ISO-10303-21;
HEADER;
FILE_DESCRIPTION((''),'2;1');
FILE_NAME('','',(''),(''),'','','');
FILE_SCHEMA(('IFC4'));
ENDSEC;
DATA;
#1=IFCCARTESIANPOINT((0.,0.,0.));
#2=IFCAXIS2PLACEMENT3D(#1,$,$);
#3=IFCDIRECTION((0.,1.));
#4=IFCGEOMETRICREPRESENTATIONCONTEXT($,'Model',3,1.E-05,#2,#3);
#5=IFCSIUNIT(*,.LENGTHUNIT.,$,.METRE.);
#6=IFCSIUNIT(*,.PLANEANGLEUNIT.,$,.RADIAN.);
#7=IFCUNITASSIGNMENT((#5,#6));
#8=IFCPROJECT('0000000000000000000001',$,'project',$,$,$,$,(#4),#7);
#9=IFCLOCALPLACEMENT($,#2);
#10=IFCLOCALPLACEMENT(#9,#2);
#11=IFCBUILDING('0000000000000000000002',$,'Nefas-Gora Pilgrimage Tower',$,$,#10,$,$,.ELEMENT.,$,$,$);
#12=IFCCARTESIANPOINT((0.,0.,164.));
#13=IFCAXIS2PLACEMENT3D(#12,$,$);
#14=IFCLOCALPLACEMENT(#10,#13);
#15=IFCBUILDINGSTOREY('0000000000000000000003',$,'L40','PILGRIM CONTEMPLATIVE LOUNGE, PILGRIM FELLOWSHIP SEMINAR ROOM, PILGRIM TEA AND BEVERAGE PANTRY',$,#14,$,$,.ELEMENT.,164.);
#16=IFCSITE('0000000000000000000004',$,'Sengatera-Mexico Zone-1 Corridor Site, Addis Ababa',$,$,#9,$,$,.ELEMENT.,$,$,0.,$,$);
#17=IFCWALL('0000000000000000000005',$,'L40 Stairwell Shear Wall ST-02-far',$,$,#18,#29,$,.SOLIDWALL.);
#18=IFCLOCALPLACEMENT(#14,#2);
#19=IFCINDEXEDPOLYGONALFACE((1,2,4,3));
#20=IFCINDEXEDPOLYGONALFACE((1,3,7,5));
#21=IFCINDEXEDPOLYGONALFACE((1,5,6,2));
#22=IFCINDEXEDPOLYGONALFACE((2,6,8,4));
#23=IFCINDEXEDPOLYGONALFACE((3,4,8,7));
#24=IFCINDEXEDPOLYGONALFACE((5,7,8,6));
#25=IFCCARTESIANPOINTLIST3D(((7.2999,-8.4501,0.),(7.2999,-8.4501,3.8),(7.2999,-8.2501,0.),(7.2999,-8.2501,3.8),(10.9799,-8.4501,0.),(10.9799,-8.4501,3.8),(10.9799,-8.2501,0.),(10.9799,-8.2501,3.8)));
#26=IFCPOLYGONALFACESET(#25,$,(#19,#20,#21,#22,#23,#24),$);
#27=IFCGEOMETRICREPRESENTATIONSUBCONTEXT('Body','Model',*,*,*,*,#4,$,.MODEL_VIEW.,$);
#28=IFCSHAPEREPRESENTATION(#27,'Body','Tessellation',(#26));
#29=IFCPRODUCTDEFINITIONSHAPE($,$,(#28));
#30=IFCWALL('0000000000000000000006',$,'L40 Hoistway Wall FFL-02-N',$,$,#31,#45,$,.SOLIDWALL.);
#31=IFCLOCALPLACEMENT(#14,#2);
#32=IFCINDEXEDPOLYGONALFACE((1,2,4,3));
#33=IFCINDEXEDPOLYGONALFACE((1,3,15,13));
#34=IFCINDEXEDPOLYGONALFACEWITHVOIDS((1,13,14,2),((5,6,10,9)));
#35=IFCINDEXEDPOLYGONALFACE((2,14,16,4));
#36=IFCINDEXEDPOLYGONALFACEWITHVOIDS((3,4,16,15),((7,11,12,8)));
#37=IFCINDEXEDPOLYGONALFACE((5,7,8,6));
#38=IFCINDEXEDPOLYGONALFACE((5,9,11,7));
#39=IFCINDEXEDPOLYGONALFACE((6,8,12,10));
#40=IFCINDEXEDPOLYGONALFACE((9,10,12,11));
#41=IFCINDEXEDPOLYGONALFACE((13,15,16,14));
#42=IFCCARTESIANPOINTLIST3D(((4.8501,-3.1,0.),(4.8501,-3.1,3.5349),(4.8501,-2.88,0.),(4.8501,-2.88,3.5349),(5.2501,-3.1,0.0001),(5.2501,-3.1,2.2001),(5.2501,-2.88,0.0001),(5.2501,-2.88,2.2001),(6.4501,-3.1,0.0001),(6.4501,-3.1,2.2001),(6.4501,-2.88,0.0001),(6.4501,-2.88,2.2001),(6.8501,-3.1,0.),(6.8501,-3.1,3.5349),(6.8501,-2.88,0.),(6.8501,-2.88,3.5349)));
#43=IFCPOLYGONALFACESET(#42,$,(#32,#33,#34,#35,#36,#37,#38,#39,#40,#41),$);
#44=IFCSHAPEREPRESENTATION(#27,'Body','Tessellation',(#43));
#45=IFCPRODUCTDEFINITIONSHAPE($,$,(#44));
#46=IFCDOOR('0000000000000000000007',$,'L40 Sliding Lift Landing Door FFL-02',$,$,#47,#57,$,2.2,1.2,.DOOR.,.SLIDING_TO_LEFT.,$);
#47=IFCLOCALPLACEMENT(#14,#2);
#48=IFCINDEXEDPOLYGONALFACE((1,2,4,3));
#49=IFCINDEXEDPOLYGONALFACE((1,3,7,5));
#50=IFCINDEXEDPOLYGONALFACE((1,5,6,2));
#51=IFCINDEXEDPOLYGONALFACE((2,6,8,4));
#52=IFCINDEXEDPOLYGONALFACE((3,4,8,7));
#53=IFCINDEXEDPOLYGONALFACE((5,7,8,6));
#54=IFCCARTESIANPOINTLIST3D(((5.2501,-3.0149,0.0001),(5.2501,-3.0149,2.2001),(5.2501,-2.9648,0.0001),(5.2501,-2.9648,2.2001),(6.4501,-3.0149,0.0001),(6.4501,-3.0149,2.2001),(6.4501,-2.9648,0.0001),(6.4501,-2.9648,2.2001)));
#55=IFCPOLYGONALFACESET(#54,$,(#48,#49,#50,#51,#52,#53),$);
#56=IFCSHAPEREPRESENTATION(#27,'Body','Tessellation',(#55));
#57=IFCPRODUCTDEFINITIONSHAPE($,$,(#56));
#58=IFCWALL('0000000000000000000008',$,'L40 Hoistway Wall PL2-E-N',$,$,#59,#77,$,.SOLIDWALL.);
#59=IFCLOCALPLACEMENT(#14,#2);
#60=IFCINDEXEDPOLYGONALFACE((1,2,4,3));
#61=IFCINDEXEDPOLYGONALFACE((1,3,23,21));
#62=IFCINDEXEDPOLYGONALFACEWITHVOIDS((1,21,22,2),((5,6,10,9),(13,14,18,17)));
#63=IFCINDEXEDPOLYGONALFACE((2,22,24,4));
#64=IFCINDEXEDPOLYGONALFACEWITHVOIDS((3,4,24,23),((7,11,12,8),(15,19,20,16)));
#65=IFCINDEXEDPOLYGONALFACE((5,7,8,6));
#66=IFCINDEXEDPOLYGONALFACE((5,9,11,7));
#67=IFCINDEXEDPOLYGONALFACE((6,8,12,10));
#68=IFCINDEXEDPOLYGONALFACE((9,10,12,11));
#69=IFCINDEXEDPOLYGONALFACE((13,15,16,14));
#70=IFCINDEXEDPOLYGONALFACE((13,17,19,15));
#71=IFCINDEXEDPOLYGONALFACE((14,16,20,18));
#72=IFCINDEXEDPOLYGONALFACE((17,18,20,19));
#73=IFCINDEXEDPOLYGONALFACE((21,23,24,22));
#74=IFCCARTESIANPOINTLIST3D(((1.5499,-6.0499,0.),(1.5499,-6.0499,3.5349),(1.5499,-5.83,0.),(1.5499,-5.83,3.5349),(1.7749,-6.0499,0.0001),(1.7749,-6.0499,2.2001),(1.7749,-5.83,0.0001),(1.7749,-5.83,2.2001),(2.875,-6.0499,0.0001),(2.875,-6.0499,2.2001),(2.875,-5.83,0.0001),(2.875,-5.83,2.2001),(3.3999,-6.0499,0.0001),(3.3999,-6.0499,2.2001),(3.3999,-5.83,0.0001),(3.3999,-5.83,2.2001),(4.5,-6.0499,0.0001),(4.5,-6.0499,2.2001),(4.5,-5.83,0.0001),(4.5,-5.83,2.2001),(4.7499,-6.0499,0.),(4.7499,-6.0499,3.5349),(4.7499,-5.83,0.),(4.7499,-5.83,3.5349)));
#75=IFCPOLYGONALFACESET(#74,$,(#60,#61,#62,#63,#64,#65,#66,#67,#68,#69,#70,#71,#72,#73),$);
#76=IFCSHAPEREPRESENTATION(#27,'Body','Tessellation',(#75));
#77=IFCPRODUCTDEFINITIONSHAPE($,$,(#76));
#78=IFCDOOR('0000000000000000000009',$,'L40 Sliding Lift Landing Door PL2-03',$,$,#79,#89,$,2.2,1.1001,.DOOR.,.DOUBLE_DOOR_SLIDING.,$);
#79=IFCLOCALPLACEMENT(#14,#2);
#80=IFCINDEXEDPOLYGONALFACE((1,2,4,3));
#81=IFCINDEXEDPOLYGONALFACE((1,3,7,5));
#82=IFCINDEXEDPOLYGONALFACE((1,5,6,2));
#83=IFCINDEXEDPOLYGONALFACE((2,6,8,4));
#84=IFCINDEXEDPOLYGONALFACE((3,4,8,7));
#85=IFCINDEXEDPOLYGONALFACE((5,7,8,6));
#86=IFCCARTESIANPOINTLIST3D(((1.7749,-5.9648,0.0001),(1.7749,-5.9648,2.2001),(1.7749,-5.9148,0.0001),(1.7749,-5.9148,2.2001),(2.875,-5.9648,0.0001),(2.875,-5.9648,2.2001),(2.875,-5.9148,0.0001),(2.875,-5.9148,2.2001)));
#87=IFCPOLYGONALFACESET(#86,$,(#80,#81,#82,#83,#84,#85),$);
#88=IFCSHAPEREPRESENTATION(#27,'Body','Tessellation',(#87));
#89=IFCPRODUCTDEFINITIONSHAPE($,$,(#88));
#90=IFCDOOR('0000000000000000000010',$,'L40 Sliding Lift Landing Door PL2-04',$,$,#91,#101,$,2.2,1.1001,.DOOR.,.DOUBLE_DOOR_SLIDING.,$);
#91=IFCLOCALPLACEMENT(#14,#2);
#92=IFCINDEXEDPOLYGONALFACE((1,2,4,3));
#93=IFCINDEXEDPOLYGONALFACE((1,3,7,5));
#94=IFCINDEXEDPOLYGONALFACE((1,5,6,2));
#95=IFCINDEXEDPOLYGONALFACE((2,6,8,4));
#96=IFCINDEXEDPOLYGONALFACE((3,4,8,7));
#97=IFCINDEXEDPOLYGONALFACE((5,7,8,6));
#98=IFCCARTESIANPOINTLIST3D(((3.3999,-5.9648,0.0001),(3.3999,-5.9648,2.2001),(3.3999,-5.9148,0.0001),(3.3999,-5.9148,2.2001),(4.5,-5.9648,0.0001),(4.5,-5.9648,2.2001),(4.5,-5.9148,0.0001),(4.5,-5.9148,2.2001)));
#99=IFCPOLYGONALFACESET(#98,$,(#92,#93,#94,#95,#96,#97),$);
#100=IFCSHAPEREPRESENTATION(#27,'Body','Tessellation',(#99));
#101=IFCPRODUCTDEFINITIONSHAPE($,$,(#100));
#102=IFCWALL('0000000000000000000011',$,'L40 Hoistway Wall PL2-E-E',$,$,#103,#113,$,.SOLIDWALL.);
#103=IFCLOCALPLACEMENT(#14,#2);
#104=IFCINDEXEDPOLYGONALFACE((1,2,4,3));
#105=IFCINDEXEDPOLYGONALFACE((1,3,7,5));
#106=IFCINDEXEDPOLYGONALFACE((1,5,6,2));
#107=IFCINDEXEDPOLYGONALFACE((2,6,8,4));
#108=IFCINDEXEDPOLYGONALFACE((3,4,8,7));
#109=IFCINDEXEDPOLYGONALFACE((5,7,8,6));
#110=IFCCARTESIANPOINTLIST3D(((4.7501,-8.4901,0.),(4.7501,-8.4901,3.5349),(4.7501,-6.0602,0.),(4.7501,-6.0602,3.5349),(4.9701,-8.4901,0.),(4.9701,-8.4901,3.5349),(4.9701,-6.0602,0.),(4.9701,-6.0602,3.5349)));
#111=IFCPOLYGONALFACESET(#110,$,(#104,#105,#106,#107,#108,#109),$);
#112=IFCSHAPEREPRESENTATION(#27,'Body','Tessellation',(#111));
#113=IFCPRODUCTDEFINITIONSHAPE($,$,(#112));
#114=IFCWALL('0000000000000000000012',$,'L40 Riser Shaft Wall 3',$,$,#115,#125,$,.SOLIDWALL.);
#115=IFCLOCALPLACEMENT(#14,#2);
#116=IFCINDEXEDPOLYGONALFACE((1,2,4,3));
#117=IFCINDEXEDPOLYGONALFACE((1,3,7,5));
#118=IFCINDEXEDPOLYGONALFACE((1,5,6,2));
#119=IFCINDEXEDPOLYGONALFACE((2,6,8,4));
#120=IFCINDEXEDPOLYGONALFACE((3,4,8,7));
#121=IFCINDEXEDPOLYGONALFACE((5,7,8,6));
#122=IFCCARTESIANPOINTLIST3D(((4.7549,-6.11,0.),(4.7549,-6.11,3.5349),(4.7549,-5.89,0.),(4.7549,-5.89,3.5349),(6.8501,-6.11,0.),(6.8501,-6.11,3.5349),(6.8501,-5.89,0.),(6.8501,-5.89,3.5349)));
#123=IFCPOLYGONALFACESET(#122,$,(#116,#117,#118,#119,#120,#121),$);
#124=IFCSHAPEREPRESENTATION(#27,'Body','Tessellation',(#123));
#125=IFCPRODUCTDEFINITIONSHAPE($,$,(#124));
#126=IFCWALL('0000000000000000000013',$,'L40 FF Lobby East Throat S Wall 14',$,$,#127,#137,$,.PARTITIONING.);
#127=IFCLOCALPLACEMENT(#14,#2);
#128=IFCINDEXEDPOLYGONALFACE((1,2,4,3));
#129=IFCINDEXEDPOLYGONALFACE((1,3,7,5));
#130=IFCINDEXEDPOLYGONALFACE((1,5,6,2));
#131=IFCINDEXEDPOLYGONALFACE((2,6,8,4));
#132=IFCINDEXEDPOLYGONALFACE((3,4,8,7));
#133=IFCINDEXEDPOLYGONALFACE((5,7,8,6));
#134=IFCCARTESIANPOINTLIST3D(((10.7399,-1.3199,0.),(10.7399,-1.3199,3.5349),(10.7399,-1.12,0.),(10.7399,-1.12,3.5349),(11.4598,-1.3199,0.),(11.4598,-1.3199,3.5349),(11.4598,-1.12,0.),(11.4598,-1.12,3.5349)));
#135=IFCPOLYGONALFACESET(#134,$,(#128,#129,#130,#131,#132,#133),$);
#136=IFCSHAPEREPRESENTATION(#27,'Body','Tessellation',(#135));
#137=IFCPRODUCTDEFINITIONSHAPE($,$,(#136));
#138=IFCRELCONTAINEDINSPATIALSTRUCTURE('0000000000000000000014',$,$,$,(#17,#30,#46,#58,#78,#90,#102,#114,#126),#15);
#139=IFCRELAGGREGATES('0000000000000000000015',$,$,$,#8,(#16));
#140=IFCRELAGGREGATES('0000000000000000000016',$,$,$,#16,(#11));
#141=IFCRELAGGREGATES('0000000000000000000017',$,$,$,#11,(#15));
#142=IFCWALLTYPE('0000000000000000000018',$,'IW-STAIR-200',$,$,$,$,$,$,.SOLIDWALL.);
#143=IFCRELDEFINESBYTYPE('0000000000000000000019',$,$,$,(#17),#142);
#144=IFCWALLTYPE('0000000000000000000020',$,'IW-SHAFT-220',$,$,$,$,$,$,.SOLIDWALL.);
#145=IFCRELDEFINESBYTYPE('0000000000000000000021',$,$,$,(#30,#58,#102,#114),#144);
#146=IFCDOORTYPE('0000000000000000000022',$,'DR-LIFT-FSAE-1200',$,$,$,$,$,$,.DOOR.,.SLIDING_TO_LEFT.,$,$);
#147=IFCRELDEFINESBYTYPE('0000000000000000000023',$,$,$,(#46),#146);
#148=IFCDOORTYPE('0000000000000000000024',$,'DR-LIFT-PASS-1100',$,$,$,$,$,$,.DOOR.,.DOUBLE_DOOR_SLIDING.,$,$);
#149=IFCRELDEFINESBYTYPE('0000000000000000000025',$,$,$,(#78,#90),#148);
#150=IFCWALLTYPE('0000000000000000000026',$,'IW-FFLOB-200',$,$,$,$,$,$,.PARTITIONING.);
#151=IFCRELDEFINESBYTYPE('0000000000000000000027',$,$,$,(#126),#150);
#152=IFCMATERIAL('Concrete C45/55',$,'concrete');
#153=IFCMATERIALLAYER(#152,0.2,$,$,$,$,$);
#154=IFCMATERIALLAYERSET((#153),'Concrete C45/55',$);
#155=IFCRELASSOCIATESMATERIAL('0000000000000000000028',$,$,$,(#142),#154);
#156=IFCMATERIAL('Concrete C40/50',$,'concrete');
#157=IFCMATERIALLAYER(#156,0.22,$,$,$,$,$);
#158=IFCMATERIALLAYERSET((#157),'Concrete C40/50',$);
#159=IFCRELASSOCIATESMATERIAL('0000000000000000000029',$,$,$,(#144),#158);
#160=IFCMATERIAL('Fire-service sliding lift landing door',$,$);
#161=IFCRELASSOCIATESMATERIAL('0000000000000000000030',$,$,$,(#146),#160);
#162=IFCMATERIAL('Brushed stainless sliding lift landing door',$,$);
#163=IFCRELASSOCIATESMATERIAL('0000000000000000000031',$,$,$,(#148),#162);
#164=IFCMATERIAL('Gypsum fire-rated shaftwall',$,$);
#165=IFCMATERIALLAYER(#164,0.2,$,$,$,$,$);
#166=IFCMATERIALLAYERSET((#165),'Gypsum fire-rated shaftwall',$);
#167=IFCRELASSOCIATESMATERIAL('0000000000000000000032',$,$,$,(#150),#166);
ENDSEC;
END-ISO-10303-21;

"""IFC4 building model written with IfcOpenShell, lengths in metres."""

from ifc_helpers import new_model, si_unit, direction, frame, frame_2d, origin, place, context, subcontext, project, spatial, rectangle, extrude, source, transform, mapped, material, layer, layer_set, type_object, element, fill, save


model = new_model("IFC4")

# Units and contexts
model_context = context("Model", 3, precision=1e-05, world=origin(), true_north=direction((0.0, 1.0)))
body_context = subcontext(model_context, "Body", "Model", "MODEL_VIEW")
ifc_project = project(units=[si_unit("LENGTHUNIT", "METRE"), si_unit("PLANEANGLEUNIT", "RADIAN")], contexts=[model_context])

# Site, building, storey
site_placement = place(None, origin())
site = spatial("IfcSite", under=ifc_project, at=site_placement, Name="Sengatera-Mexico Zone-1 Corridor Site, Addis Ababa", CompositionType="ELEMENT", RefElevation=0.0)
building_placement = place(site_placement, origin())
building = spatial("IfcBuilding", under=site, at=building_placement, Name="Nefas-Gora Pilgrimage Tower", CompositionType="ELEMENT")
storey_placement = place(building_placement, frame((0.0, 0.0, 164.0)))
storey = spatial("IfcBuildingStorey", under=building, at=storey_placement, Name="L40", Description="PILGRIM CONTEMPLATIVE LOUNGE, PILGRIM FELLOWSHIP SEMINAR ROOM, PILGRIM TEA AND BEVERAGE PANTRY", CompositionType="ELEMENT", Elevation=164.0)

# Wall
ifc_material_1 = material(Name="Concrete C45/55", Category="concrete")
ifc_layer_1 = layer(ifc_material_1, 0.2)
ifc_layer_set_1 = layer_set([ifc_layer_1], Name="Concrete C45/55")
wall_type_1 = type_object("IfcWallType", Name="IW-STAIR-200", PredefinedType="SOLIDWALL", material=ifc_layer_set_1)
shared_shape_1 = source(origin(), body_context, "Body", "SweptSolid", [
    extrude(rectangle(XDim=3.6799, YDim=0.2, at=frame_2d((1.8398, 0.0))), origin(), (0.0, 0.0, 1.0), 3.8),
])
wall_1_placement = place(storey_placement, frame((7.3, -8.3501, 0.0), z_axis=(0.0, 0.0, 1.0), x_axis=(1.0, 0.0, 0.0)))
element("IfcWall", 1, at=wall_1_placement, inside=storey, type_object=wall_type_1, Name="L40 Stairwell Shear Wall ST-02-far", PredefinedType="SOLIDWALL", context=body_context, shape_type="MappedRepresentation", body=[
    mapped(shared_shape_1, transform((0.0, 0.0, 0.0), x_axis=(1.0, 0.0, 0.0), y_axis=(0.0, 1.0, 0.0), z_axis=(0.0, 0.0, 1.0), scale=1.0)),
])

# Wall, opening, door
ifc_material_2 = material(Name="Concrete C40/50", Category="concrete")
ifc_layer_2 = layer(ifc_material_2, 0.22)
ifc_layer_set_2 = layer_set([ifc_layer_2], Name="Concrete C40/50")
wall_type_2 = type_object("IfcWallType", Name="IW-SHAFT-220", PredefinedType="SOLIDWALL", material=ifc_layer_set_2)
shared_shape_2 = source(origin(), body_context, "Body", "SweptSolid", [
    extrude(rectangle(XDim=2.0, YDim=0.22, at=frame_2d((1.0, 0.0))), origin(), (0.0, 0.0, 1.0), 3.5349),
])
wall_2_placement = place(storey_placement, frame((6.8501, -2.99, 0.0), z_axis=(0.0, 0.0, 1.0), x_axis=(-1.0, 0.0, 0.0)))
wall_2 = element("IfcWall", 2, at=wall_2_placement, inside=storey, type_object=wall_type_2, Name="L40 Hoistway Wall FFL-02-N", PredefinedType="SOLIDWALL", context=body_context, shape_type="MappedRepresentation", body=[
    mapped(shared_shape_2, transform((0.0, 0.0, 0.0), x_axis=(1.0, 0.0, 0.0), y_axis=(0.0, 1.0, 0.0), z_axis=(0.0, 0.0, 1.0), scale=1.0)),
])
opening_1_placement = place(wall_2_placement, frame((0.3999, 0.0, 0.0)))
opening_1 = element("IfcOpeningElement", 3, at=opening_1_placement, cuts=wall_2, PredefinedType="OPENING", context=body_context, shape_type="SweptSolid", body=[
    extrude(rectangle(XDim=1.2, YDim=2.2, at=frame_2d((0.6001, 1.1001))), frame((0.0, 0.1199, 0.0), z_axis=(0.0, -1.0, 0.0), x_axis=(1.0, 0.0, 0.0)), (0.0, 0.0, 1.0), 0.24),
])
ifc_material_3 = material(Name="Fire-service sliding lift landing door")
door_type_1 = type_object("IfcDoorType", Name="DR-LIFT-FSAE-1200", OperationType="SLIDING_TO_LEFT", PredefinedType="DOOR", material=ifc_material_3)
shared_shape_3 = source(origin(), body_context, "Body", "SweptSolid", [
    extrude(rectangle(XDim=1.2, YDim=2.2, at=frame_2d((0.6001, 1.1001))), frame((0.0, 0.0249, 0.0), z_axis=(0.0, -1.0, 0.0), x_axis=(1.0, 0.0, 0.0)), (0.0, 0.0, 1.0), 0.05),
])
door_1_placement = place(opening_1_placement, origin())
door_1 = element("IfcDoor", 4, at=door_1_placement, inside=storey, type_object=door_type_1, Name="L40 Sliding Lift Landing Door FFL-02", OperationType="SLIDING_TO_LEFT", OverallHeight=2.2, OverallWidth=1.2, PredefinedType="DOOR", context=body_context, shape_type="MappedRepresentation", body=[
    mapped(shared_shape_3, transform((0.0, 0.0, 0.0), x_axis=(1.0, 0.0, 0.0), y_axis=(0.0, 1.0, 0.0), z_axis=(0.0, 0.0, 1.0), scale=1.0)),
])
fill(opening_1, door_1)

# Wall, openings, doors
shared_shape_4 = source(origin(), body_context, "Body", "SweptSolid", [
    extrude(rectangle(XDim=3.2, YDim=0.22, at=frame_2d((1.6001, 0.0))), origin(), (0.0, 0.0, 1.0), 3.5349),
])
wall_3_placement = place(storey_placement, frame((4.75, -5.9399, 0.0), z_axis=(0.0, 0.0, 1.0), x_axis=(-1.0, 0.0, 0.0)))
wall_3 = element("IfcWall", 5, at=wall_3_placement, inside=storey, type_object=wall_type_2, Name="L40 Hoistway Wall PL2-E-N", PredefinedType="SOLIDWALL", context=body_context, shape_type="MappedRepresentation", body=[
    mapped(shared_shape_4, transform((0.0, 0.0, 0.0), x_axis=(1.0, 0.0, 0.0), y_axis=(0.0, 1.0, 0.0), z_axis=(0.0, 0.0, 1.0), scale=1.0)),
])
opening_2_placement = place(wall_3_placement, frame((1.875, 0.0, 0.0)))
opening_2 = element("IfcOpeningElement", 6, at=opening_2_placement, cuts=wall_3, PredefinedType="OPENING", context=body_context, shape_type="SweptSolid", body=[
    extrude(rectangle(XDim=1.1001, YDim=2.2, at=frame_2d((0.55, 1.1001))), frame((0.0, 0.1199, 0.0), z_axis=(0.0, -1.0, 0.0), x_axis=(1.0, 0.0, 0.0)), (0.0, 0.0, 1.0), 0.24),
])
opening_3_placement = place(wall_3_placement, frame((0.25, 0.0, 0.0)))
opening_3 = element("IfcOpeningElement", 7, at=opening_3_placement, cuts=wall_3, PredefinedType="OPENING", context=body_context, shape_type="SweptSolid", body=[
    extrude(rectangle(XDim=1.1001, YDim=2.2, at=frame_2d((0.55, 1.1001))), frame((0.0, 0.1199, 0.0), z_axis=(0.0, -1.0, 0.0), x_axis=(1.0, 0.0, 0.0)), (0.0, 0.0, 1.0), 0.24),
])
ifc_material_4 = material(Name="Brushed stainless sliding lift landing door")
door_type_2 = type_object("IfcDoorType", Name="DR-LIFT-PASS-1100", OperationType="DOUBLE_DOOR_SLIDING", PredefinedType="DOOR", material=ifc_material_4)
shared_shape_5 = source(origin(), body_context, "Body", "SweptSolid", [
    extrude(rectangle(XDim=1.1001, YDim=2.2, at=frame_2d((0.55, 1.1001))), frame((0.0, 0.0249, 0.0), z_axis=(0.0, -1.0, 0.0), x_axis=(1.0, 0.0, 0.0)), (0.0, 0.0, 1.0), 0.05),
])
door_2_placement = place(opening_2_placement, origin())
door_2 = element("IfcDoor", 8, at=door_2_placement, inside=storey, type_object=door_type_2, Name="L40 Sliding Lift Landing Door PL2-03", OperationType="DOUBLE_DOOR_SLIDING", OverallHeight=2.2, OverallWidth=1.1001, PredefinedType="DOOR", context=body_context, shape_type="MappedRepresentation", body=[
    mapped(shared_shape_5, transform((0.0, 0.0, 0.0), x_axis=(1.0, 0.0, 0.0), y_axis=(0.0, 1.0, 0.0), z_axis=(0.0, 0.0, 1.0), scale=1.0)),
])
fill(opening_2, door_2)
door_3_placement = place(opening_3_placement, origin())
door_3 = element("IfcDoor", 9, at=door_3_placement, inside=storey, type_object=door_type_2, Name="L40 Sliding Lift Landing Door PL2-04", OperationType="DOUBLE_DOOR_SLIDING", OverallHeight=2.2, OverallWidth=1.1001, PredefinedType="DOOR", context=body_context, shape_type="MappedRepresentation", body=[
    mapped(shared_shape_5, transform((0.0, 0.0, 0.0), x_axis=(1.0, 0.0, 0.0), y_axis=(0.0, 1.0, 0.0), z_axis=(0.0, 0.0, 1.0), scale=1.0)),
])
fill(opening_3, door_3)

# Walls
shared_shape_6 = source(origin(), body_context, "Body", "SweptSolid", [
    extrude(rectangle(XDim=2.4299, YDim=0.22, at=frame_2d((1.2148, 0.0))), origin(), (0.0, 0.0, 1.0), 3.5349),
])
wall_4_placement = place(storey_placement, frame((4.8601, -8.49, 0.0), z_axis=(0.0, 0.0, 1.0), x_axis=(0.0, 1.0, 0.0)))
element("IfcWall", 10, at=wall_4_placement, inside=storey, type_object=wall_type_2, Name="L40 Hoistway Wall PL2-E-E", PredefinedType="SOLIDWALL", context=body_context, shape_type="MappedRepresentation", body=[
    mapped(shared_shape_6, transform((0.0, 0.0, 0.0), x_axis=(1.0, 0.0, 0.0), y_axis=(0.0, 1.0, 0.0), z_axis=(0.0, 0.0, 1.0), scale=1.0)),
])
shared_shape_7 = source(origin(), body_context, "Body", "SweptSolid", [
    extrude(rectangle(XDim=2.0952, YDim=0.22, at=frame_2d((1.0476, 0.0))), origin(), (0.0, 0.0, 1.0), 3.5349),
])
wall_5_placement = place(storey_placement, frame((4.7549, -6.0, 0.0), z_axis=(0.0, 0.0, 1.0), x_axis=(1.0, 0.0, 0.0)))
element("IfcWall", 11, at=wall_5_placement, inside=storey, type_object=wall_type_2, Name="L40 Riser Shaft Wall 3", PredefinedType="SOLIDWALL", context=body_context, shape_type="MappedRepresentation", body=[
    mapped(shared_shape_7, transform((0.0, 0.0, 0.0), x_axis=(1.0, 0.0, 0.0), y_axis=(0.0, 1.0, 0.0), z_axis=(0.0, 0.0, 1.0), scale=1.0)),
])
ifc_material_5 = material(Name="Gypsum fire-rated shaftwall")
ifc_layer_3 = layer(ifc_material_5, 0.2)
ifc_layer_set_3 = layer_set([ifc_layer_3], Name="Gypsum fire-rated shaftwall")
wall_type_3 = type_object("IfcWallType", Name="IW-FFLOB-200", PredefinedType="PARTITIONING", material=ifc_layer_set_3)
shared_shape_8 = source(origin(), body_context, "Body", "SweptSolid", [
    extrude(rectangle(XDim=0.72, YDim=0.2, at=frame_2d((0.3599, 0.0))), origin(), (0.0, 0.0, 1.0), 3.5349),
])
wall_6_placement = place(storey_placement, frame((10.74, -1.22, 0.0), z_axis=(0.0, 0.0, 1.0), x_axis=(1.0, 0.0, 0.0)))
element("IfcWall", 12, at=wall_6_placement, inside=storey, type_object=wall_type_3, Name="L40 FF Lobby East Throat S Wall 14", PredefinedType="PARTITIONING", context=body_context, shape_type="MappedRepresentation", body=[
    mapped(shared_shape_8, transform((0.0, 0.0, 0.0), x_axis=(1.0, 0.0, 0.0), y_axis=(0.0, 1.0, 0.0), z_axis=(0.0, 0.0, 1.0), scale=1.0)),
])

save(model, "model.ifc")
